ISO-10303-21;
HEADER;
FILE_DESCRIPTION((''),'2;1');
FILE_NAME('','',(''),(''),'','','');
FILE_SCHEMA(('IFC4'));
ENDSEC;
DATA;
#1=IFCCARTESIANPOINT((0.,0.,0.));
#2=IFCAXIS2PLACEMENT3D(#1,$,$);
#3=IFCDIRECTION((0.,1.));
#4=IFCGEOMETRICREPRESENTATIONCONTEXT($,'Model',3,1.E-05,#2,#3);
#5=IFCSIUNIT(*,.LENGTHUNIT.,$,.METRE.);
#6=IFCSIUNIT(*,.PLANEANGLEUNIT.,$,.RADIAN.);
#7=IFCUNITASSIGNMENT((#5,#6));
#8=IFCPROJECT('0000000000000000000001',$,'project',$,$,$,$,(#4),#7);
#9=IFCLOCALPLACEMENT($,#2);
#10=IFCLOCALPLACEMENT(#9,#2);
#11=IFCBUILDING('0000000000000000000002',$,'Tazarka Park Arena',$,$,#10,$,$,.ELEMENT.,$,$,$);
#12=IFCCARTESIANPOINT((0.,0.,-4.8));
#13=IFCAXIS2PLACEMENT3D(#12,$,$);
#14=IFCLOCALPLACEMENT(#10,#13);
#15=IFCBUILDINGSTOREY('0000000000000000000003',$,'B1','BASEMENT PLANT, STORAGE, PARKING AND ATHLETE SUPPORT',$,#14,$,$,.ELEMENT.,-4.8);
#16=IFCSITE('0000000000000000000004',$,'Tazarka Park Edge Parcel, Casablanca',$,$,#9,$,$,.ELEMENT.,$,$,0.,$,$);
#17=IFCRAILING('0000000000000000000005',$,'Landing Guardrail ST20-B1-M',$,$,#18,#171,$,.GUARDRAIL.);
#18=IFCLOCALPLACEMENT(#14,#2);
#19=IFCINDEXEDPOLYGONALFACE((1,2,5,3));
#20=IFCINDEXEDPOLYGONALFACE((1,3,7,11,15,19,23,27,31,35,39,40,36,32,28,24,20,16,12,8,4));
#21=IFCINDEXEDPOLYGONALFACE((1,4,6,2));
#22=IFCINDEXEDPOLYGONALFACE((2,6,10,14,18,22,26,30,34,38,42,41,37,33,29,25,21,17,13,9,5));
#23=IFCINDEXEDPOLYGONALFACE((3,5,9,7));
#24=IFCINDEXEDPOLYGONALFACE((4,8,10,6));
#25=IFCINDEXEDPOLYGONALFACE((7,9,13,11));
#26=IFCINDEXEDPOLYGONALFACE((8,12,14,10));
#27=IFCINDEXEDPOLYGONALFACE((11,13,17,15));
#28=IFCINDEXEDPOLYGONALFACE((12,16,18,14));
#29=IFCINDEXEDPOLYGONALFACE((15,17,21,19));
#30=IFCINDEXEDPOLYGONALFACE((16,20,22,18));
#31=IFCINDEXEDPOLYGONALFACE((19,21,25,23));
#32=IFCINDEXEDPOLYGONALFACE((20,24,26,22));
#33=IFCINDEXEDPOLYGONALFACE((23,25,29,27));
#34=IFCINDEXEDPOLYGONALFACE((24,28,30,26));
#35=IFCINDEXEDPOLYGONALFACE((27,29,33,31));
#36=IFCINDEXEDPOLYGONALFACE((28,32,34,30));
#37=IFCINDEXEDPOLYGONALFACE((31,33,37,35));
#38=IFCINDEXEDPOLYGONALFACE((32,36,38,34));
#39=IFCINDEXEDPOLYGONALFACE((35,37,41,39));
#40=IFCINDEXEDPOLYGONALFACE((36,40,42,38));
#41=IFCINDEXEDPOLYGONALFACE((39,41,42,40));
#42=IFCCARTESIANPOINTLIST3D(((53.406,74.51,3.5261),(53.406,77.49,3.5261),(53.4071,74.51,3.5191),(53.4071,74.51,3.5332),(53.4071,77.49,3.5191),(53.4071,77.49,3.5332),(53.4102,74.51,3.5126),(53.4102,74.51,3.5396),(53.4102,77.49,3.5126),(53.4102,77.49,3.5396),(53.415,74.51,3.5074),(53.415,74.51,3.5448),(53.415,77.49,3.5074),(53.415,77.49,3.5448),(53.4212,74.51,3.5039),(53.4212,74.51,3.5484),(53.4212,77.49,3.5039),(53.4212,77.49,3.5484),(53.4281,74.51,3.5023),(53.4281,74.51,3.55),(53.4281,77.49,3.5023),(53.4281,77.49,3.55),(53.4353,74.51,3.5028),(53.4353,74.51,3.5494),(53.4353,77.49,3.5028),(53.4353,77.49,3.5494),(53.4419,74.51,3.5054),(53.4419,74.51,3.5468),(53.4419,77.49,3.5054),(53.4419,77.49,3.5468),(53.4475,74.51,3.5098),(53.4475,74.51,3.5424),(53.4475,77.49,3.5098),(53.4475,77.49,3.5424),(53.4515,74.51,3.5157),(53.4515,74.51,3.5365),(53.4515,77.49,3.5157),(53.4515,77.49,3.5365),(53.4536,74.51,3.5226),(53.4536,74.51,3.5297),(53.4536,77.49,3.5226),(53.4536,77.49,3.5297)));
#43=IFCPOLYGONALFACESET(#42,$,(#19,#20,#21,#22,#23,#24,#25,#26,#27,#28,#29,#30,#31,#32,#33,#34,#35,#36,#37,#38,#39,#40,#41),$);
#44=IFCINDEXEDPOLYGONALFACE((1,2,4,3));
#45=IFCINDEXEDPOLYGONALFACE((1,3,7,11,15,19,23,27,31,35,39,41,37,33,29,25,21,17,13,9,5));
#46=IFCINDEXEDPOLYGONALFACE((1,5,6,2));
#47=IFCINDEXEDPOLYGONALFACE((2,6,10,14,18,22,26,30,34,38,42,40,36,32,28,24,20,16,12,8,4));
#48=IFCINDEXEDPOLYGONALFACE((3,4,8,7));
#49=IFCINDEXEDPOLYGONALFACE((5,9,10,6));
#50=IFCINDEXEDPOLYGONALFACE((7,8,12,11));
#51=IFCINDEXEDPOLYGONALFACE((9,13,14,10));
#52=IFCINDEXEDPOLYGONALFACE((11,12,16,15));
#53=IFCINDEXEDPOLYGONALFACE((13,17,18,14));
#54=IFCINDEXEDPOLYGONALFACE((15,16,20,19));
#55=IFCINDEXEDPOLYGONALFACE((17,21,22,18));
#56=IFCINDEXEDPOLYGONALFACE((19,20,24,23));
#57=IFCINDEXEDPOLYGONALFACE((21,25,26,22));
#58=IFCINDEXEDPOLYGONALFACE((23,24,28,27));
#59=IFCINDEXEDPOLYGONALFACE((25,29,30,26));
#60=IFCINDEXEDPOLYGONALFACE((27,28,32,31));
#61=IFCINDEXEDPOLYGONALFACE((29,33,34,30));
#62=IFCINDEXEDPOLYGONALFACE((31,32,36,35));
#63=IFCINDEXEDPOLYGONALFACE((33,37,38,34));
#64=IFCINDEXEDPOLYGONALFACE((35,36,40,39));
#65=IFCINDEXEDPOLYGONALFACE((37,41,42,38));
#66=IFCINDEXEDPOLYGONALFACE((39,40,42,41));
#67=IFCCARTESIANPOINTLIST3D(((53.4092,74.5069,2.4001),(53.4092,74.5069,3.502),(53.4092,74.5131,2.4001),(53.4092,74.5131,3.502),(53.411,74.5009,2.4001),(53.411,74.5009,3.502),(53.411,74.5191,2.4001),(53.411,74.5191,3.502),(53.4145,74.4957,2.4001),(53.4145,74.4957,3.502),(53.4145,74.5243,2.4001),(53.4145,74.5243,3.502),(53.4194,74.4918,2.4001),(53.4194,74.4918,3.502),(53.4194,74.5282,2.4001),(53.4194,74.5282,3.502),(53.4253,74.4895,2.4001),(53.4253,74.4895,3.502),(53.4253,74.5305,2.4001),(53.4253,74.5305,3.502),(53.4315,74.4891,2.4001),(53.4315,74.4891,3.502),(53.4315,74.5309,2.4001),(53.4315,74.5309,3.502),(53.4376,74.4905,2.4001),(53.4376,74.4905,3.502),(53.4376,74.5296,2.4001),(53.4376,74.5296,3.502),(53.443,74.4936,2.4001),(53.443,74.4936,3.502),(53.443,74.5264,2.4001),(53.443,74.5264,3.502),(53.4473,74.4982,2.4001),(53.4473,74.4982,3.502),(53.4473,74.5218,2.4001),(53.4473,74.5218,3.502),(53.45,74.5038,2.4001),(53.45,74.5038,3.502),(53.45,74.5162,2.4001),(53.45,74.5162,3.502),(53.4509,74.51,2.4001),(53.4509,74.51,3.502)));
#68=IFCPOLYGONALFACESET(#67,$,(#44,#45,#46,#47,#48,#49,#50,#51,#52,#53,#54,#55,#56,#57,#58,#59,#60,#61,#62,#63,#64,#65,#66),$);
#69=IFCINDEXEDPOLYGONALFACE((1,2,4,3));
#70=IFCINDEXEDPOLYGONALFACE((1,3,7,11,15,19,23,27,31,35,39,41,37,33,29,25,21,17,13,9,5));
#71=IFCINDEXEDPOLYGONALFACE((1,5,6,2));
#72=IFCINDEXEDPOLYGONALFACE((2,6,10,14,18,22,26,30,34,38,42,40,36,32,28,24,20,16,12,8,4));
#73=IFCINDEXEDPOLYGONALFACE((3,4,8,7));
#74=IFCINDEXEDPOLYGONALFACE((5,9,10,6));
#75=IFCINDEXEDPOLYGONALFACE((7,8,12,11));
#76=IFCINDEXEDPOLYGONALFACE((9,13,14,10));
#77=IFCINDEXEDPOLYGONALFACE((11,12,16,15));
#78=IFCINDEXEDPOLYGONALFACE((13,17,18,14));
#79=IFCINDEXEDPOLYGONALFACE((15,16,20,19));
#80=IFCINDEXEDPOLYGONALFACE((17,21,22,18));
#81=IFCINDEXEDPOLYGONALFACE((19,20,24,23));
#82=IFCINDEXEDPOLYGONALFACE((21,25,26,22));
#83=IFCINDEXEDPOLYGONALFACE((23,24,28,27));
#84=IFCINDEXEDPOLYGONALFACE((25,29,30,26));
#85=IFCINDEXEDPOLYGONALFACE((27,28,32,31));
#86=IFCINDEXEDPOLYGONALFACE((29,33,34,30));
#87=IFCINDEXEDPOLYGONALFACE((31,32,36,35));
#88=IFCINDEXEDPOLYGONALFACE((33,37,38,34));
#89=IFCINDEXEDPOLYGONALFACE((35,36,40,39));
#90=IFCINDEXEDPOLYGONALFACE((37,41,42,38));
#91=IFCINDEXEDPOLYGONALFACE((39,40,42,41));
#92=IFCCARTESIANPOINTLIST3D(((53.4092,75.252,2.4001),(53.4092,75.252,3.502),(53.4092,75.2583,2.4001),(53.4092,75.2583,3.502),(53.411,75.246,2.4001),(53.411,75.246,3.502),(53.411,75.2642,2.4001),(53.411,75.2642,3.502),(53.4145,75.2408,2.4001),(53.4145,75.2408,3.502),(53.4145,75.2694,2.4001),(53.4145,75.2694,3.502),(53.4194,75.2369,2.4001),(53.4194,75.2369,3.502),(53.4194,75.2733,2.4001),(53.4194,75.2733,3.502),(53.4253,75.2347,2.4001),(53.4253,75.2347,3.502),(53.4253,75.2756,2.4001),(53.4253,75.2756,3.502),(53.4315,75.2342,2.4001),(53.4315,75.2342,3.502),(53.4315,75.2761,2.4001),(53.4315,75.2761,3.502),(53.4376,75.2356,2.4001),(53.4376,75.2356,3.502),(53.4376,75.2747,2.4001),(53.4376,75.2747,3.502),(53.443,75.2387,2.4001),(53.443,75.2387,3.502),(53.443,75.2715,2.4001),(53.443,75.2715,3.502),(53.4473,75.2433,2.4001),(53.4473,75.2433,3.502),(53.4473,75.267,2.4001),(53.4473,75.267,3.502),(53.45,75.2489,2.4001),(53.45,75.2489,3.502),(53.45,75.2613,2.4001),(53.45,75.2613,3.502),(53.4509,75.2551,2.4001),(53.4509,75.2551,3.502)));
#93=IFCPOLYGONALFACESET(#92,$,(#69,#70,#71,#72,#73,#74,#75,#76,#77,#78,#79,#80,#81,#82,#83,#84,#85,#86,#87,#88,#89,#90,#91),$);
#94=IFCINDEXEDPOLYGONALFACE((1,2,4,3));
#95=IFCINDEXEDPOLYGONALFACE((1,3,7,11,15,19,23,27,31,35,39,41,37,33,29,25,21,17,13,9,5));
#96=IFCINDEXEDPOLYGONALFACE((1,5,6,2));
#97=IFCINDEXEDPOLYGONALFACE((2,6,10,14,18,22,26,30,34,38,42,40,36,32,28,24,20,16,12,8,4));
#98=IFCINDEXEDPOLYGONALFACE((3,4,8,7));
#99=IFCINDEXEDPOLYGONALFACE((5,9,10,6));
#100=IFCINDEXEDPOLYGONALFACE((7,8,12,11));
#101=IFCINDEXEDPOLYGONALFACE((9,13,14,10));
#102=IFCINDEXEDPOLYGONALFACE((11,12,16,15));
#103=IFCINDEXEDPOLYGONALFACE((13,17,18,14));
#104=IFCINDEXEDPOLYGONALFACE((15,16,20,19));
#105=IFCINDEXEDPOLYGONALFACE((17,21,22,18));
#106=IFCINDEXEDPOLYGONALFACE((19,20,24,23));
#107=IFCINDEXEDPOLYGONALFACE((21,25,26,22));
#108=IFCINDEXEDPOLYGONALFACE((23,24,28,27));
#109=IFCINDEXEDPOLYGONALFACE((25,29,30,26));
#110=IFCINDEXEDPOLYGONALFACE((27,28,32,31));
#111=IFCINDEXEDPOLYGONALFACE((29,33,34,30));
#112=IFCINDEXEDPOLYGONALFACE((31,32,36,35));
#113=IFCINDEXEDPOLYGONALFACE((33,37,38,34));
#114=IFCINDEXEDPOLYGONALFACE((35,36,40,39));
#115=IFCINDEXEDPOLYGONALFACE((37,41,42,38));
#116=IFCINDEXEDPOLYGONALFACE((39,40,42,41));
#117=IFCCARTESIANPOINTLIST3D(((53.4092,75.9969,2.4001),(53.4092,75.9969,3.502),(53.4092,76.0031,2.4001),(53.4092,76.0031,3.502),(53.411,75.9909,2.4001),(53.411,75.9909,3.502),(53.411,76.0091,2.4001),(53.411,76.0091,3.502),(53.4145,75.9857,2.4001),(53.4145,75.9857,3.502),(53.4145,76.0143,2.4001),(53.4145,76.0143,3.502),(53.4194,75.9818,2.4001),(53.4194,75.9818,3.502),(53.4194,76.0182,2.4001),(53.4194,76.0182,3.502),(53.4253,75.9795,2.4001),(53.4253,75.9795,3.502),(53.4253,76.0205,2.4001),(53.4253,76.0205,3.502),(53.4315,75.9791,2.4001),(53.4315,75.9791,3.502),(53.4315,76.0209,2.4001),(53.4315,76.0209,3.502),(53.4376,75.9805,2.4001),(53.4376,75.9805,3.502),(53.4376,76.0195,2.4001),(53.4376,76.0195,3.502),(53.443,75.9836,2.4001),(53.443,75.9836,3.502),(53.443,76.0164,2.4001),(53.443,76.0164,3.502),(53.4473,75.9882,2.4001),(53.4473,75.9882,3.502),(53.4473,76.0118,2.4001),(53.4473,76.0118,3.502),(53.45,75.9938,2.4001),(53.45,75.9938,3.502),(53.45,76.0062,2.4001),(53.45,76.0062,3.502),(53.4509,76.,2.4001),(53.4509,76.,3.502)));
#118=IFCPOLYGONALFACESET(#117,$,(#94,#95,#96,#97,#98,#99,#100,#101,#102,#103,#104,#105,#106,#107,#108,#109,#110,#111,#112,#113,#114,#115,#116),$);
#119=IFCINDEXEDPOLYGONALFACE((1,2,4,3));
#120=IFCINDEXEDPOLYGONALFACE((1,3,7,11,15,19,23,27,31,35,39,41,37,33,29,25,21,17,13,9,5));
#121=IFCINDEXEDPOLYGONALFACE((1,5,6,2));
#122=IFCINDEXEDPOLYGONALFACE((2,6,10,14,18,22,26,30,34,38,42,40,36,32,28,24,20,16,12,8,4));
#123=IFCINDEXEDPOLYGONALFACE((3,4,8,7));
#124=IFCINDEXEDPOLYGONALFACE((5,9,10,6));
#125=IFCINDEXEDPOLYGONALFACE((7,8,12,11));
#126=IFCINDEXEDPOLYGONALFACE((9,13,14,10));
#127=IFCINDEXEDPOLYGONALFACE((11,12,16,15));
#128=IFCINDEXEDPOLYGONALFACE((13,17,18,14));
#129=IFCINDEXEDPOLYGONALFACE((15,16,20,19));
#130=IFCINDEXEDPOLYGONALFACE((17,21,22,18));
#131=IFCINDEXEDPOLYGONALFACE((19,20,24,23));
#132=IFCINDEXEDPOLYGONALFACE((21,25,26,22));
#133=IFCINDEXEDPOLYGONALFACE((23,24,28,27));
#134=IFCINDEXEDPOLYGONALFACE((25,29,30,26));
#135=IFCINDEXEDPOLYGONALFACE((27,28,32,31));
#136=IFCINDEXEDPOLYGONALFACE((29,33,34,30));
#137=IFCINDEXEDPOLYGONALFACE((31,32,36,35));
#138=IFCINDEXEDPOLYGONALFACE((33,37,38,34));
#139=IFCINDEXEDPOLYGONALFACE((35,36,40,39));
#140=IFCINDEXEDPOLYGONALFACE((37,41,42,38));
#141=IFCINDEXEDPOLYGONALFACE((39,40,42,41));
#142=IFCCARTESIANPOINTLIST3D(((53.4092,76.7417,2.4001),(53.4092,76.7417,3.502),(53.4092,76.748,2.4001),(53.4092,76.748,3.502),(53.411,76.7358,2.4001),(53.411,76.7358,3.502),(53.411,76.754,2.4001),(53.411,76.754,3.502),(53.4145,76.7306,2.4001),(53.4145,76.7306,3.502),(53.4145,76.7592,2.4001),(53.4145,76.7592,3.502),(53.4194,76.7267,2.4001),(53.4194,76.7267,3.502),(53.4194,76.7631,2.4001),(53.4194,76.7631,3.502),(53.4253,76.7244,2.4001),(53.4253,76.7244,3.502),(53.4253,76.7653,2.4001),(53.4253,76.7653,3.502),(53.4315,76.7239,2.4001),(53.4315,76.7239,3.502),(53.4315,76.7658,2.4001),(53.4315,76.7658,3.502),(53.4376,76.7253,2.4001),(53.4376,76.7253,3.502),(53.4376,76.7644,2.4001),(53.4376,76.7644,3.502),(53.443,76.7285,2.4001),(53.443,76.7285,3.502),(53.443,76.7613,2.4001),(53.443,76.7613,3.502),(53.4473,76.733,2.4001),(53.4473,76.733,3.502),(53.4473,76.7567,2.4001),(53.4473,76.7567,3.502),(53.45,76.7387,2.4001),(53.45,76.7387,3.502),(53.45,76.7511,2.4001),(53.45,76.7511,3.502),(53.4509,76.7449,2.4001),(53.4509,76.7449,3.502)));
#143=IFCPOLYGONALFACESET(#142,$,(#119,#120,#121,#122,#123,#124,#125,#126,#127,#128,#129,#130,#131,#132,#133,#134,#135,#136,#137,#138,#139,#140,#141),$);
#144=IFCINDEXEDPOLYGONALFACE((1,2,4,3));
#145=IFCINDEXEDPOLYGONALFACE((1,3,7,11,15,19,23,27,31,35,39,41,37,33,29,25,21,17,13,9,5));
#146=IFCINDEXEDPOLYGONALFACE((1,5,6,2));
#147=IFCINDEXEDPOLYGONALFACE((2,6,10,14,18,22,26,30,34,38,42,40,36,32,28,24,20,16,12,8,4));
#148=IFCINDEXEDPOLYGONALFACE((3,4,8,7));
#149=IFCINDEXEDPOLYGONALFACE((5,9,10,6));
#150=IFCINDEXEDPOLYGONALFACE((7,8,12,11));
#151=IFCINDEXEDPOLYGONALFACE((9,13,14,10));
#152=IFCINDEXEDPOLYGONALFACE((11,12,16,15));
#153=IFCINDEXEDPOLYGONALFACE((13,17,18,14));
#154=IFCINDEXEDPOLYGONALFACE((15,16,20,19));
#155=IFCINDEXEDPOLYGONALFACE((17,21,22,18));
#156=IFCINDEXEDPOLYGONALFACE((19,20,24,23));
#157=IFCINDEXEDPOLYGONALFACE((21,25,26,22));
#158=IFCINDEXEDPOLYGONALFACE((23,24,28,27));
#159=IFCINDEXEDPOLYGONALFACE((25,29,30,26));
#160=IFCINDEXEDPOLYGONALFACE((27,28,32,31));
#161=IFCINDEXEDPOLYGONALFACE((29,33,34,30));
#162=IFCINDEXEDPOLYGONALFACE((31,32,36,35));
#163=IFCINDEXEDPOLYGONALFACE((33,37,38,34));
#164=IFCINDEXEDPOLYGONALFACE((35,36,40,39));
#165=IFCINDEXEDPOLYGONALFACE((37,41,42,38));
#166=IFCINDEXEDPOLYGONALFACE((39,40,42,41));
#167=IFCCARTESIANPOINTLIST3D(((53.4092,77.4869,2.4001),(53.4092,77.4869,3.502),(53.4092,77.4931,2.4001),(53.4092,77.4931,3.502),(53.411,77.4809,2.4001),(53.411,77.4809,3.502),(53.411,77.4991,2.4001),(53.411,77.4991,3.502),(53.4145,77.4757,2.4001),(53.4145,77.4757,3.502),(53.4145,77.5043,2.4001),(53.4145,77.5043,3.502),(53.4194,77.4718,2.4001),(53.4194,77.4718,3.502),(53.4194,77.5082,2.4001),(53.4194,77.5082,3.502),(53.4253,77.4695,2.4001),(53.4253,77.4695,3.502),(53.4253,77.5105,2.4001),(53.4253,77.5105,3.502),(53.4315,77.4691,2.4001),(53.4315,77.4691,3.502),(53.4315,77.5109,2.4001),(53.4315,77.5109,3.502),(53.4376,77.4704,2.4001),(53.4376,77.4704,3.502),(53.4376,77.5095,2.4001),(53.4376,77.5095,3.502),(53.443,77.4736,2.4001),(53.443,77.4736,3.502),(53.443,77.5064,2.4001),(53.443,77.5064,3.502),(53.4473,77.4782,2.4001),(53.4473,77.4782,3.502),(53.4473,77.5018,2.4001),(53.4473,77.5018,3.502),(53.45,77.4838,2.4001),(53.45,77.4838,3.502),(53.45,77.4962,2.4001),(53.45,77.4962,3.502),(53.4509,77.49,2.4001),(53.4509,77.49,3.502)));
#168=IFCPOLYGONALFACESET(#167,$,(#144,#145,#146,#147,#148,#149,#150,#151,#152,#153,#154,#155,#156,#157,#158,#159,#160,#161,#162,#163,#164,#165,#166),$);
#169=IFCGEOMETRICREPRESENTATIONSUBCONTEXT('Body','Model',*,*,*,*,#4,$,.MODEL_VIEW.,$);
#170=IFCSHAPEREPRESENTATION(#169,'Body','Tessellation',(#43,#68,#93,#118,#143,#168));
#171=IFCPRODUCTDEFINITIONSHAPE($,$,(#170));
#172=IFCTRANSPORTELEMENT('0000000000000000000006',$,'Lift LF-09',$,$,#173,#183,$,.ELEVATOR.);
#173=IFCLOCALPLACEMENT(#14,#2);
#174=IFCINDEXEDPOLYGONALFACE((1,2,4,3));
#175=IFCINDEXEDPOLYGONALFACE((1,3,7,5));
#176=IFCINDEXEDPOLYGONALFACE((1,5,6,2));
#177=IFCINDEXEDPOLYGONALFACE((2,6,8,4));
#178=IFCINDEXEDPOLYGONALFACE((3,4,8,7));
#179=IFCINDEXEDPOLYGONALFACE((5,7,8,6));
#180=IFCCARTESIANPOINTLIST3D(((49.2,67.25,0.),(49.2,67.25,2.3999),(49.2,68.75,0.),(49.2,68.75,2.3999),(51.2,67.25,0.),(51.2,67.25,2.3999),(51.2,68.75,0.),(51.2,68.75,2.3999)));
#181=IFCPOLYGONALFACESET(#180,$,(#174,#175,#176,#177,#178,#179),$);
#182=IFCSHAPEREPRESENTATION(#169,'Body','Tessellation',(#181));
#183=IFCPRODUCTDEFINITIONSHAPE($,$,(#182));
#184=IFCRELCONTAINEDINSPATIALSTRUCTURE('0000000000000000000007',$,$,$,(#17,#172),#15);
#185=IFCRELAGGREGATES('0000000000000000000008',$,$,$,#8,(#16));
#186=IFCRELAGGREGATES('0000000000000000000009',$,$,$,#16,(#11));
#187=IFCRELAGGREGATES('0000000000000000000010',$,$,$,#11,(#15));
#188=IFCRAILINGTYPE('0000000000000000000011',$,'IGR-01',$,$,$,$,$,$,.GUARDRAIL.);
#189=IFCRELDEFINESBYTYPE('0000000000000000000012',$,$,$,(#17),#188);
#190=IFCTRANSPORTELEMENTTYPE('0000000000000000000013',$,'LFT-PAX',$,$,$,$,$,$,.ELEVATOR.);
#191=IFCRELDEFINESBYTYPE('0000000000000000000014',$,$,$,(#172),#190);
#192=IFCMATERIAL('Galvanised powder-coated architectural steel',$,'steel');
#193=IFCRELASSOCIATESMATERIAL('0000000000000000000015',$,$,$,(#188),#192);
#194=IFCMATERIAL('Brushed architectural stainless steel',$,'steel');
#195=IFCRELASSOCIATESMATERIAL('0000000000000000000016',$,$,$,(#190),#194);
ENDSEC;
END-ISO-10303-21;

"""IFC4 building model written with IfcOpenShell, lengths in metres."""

from ifc_helpers import new_model, si_unit, direction, frame, origin, origin_2d, place, context, subcontext, project, spatial, rectangle, circle, extrude, material, type_object, element, save


model = new_model("IFC4")

# Units and contexts
model_context = context("Model", 3, precision=1e-05, world=origin(), true_north=direction((0.0, 1.0)))
body_context = subcontext(model_context, "Body", "Model", "MODEL_VIEW")
ifc_project = project(units=[si_unit("LENGTHUNIT", "METRE"), si_unit("PLANEANGLEUNIT", "RADIAN")], contexts=[model_context])

# Site, building, storey
site_placement = place(None, origin())
site = spatial("IfcSite", under=ifc_project, at=site_placement, Name="Tazarka Park Edge Parcel, Casablanca", CompositionType="ELEMENT", RefElevation=0.0)
building_placement = place(site_placement, origin())
building = spatial("IfcBuilding", under=site, at=building_placement, Name="Tazarka Park Arena", CompositionType="ELEMENT")
storey_placement = place(building_placement, frame((0.0, 0.0, -4.8)))
storey = spatial("IfcBuildingStorey", under=building, at=storey_placement, Name="B1", Description="BASEMENT PLANT, STORAGE, PARKING AND ATHLETE SUPPORT", CompositionType="ELEMENT", Elevation=-4.8)

# Railing
ifc_material_1 = material(Name="Galvanised powder-coated architectural steel", Category="steel")
railing_type_1 = type_object("IfcRailingType", Name="IGR-01", PredefinedType="GUARDRAIL", material=ifc_material_1)
railing_1_placement = place(storey_placement, frame((53.4299, 74.51, 2.4001)))
element("IfcRailing", 1, at=railing_1_placement, inside=storey, type_object=railing_type_1, Name="Landing Guardrail ST20-B1-M", PredefinedType="GUARDRAIL", context=body_context, shape_type="SweptSolid", body=[
    extrude(circle(Radius=0.0239, at=origin_2d()), frame((0.0, 0.0, 1.126), z_axis=(0.0, 1.0, 0.0), x_axis=(-1.0, 0.0, 0.0)), (0.0, 0.0, 1.0), 2.98),
    extrude(circle(Radius=0.021, at=origin_2d()), origin(), (0.0, 0.0, 1.0), 1.1018),
    extrude(circle(Radius=0.021, at=origin_2d()), frame((0.0, 0.7451, 0.0)), (0.0, 0.0, 1.0), 1.1018),
    extrude(circle(Radius=0.021, at=origin_2d()), frame((0.0, 1.49, 0.0)), (0.0, 0.0, 1.0), 1.1018),
    extrude(circle(Radius=0.021, at=origin_2d()), frame((0.0, 2.2349, 0.0)), (0.0, 0.0, 1.0), 1.1018),
    extrude(circle(Radius=0.021, at=origin_2d()), frame((0.0, 2.98, 0.0)), (0.0, 0.0, 1.0), 1.1018),
])

# Transport element
ifc_material_2 = material(Name="Brushed architectural stainless steel", Category="steel")
transport_element_type = type_object("IfcTransportElementType", Name="LFT-PAX", PredefinedType="ELEVATOR", material=ifc_material_2)
transport_element_placement = place(storey_placement, frame((50.2, 68.0, 0.0), z_axis=(0.0, 0.0, 1.0), x_axis=(1.0, 0.0, 0.0)))
element("IfcTransportElement", 2, at=transport_element_placement, inside=storey, type_object=transport_element_type, Name="Lift LF-09", PredefinedType="ELEVATOR", context=body_context, shape_type="SweptSolid", body=[
    extrude(rectangle(XDim=2.0, YDim=1.5, at=origin_2d()), origin(), (0.0, 0.0, 1.0), 2.3999),
])

save(model, "model.ifc")
